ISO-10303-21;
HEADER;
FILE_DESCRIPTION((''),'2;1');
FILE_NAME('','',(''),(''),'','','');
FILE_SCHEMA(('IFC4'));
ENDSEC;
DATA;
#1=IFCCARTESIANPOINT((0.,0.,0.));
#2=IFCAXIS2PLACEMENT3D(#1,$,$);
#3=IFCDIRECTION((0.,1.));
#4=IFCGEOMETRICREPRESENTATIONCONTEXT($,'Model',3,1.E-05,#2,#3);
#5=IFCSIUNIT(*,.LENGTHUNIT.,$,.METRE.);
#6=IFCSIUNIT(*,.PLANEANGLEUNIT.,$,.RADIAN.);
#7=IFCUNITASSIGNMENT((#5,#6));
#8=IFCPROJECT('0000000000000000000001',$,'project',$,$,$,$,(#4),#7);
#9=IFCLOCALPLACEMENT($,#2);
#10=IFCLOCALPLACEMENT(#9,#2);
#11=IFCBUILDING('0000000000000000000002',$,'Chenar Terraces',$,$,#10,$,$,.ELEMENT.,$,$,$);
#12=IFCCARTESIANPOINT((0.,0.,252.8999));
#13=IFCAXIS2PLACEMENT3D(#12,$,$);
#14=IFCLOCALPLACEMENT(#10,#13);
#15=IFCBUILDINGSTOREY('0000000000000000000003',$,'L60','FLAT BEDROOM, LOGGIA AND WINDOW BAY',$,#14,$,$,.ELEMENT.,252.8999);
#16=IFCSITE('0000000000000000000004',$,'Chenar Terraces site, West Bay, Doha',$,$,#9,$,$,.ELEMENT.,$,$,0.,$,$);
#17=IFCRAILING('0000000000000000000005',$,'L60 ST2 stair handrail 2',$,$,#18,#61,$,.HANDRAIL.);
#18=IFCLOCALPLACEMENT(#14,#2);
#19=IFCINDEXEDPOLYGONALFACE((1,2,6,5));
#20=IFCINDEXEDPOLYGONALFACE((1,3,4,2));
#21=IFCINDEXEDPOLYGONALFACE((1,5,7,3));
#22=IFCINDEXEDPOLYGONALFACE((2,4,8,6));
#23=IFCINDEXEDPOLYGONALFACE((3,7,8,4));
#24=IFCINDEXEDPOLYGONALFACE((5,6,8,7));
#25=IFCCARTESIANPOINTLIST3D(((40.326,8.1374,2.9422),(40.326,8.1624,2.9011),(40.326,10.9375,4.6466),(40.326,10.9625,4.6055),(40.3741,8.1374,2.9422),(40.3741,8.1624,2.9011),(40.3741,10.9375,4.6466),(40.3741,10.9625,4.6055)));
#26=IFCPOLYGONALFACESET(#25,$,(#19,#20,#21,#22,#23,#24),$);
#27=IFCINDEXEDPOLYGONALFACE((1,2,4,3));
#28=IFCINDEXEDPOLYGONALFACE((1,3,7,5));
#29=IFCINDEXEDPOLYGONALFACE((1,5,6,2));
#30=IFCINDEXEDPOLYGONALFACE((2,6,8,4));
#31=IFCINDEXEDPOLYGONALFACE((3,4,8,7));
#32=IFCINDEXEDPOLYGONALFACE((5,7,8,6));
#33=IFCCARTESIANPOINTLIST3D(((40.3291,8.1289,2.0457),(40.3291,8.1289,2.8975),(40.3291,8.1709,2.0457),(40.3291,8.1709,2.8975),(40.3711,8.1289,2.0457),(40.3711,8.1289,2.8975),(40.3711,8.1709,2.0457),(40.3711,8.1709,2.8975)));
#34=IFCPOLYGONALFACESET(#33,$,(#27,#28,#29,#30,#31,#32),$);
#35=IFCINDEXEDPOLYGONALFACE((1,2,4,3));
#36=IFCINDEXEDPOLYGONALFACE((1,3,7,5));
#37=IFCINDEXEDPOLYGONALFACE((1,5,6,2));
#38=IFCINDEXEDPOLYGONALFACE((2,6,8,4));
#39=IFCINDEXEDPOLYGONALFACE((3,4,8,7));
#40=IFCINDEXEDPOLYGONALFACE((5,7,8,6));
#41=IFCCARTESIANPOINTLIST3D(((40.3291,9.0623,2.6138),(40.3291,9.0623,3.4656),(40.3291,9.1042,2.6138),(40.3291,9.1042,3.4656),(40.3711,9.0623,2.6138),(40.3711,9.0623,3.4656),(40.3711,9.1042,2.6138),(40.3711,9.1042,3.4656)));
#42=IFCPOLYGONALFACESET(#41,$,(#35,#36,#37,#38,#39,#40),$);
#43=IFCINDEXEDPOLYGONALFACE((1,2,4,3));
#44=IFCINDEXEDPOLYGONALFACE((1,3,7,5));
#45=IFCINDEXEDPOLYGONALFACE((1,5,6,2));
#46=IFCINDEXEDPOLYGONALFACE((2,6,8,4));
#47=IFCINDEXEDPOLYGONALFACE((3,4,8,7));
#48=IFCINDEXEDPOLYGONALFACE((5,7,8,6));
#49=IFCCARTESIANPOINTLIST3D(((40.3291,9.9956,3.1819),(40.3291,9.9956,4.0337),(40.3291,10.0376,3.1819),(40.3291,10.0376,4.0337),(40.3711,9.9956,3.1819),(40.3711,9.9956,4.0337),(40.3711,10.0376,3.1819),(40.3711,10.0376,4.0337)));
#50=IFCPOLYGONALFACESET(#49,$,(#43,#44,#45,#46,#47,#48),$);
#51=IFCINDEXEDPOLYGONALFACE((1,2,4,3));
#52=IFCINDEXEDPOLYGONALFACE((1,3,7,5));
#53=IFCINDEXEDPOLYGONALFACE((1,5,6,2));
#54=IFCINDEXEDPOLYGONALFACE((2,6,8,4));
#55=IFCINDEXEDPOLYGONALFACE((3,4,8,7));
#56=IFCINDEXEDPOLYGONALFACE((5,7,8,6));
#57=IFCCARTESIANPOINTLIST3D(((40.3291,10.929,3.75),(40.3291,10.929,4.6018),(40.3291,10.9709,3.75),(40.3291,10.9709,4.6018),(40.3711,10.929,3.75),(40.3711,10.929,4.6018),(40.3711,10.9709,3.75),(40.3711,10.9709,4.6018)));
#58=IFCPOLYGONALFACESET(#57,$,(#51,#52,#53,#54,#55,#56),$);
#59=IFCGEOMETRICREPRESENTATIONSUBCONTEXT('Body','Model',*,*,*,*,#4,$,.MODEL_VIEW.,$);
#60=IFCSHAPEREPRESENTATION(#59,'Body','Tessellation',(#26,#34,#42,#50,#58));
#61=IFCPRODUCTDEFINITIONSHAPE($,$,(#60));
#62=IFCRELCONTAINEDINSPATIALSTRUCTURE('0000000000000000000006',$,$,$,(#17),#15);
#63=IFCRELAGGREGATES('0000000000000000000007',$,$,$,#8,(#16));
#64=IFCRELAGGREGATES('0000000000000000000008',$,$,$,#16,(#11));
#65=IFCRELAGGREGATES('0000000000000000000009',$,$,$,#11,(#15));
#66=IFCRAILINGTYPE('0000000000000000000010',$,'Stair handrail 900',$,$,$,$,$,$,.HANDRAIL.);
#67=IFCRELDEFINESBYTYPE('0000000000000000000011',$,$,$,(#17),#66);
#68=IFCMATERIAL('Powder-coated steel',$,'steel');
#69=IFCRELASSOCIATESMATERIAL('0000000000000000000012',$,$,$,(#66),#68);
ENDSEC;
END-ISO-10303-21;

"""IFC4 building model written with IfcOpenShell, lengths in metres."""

from ifc_helpers import new_model, si_unit, direction, frame, origin, origin_2d, place, context, subcontext, project, spatial, rectangle, extrude, material, type_object, element, save


model = new_model("IFC4")

# Units and contexts
model_context = context("Model", 3, precision=1e-05, world=origin(), true_north=direction((0.0, 1.0)))
body_context = subcontext(model_context, "Body", "Model", "MODEL_VIEW")
ifc_project = project(units=[si_unit("LENGTHUNIT", "METRE"), si_unit("PLANEANGLEUNIT", "RADIAN")], contexts=[model_context])

# Site, building, storey
site_placement = place(None, origin())
site = spatial("IfcSite", under=ifc_project, at=site_placement, Name="Chenar Terraces site, West Bay, Doha", CompositionType="ELEMENT", RefElevation=0.0)
building_placement = place(site_placement, origin())
building = spatial("IfcBuilding", under=site, at=building_placement, Name="Chenar Terraces", CompositionType="ELEMENT")
storey_placement = place(building_placement, frame((0.0, 0.0, 252.8999)))
storey = spatial("IfcBuildingStorey", under=building, at=storey_placement, Name="L60", Description="FLAT BEDROOM, LOGGIA AND WINDOW BAY", CompositionType="ELEMENT", Elevation=252.8999)

# Railing
ifc_material_1 = material(Name="Powder-coated steel", Category="steel")
railing_type_1 = type_object("IfcRailingType", Name="Stair handrail 900", PredefinedType="HANDRAIL", material=ifc_material_1)
railing_1_placement = place(storey_placement, frame((40.3501, 8.1499, 2.0457)))
element("IfcRailing", 1, at=railing_1_placement, inside=storey, type_object=railing_type_1, Name="L60 ST2 stair handrail 2", PredefinedType="HANDRAIL", context=body_context, shape_type="SweptSolid", body=[
    extrude(rectangle(XDim=0.0481, YDim=0.0481, at=origin_2d()), frame((0.0, 0.0, 0.876), z_axis=(0.0, 0.854203, 0.51994), x_axis=(-1.0, 0.0, 0.0)), (0.0, 0.0, 1.0), 3.2781),
    extrude(rectangle(XDim=0.042, YDim=0.042, at=origin_2d()), origin(), (0.0, 0.0, 1.0), 0.8518),
    extrude(rectangle(XDim=0.042, YDim=0.042, at=origin_2d()), frame((0.0, 0.9333, 0.5681)), (0.0, 0.0, 1.0), 0.8518),
    extrude(rectangle(XDim=0.042, YDim=0.042, at=origin_2d()), frame((0.0, 1.8667, 1.1362)), (0.0, 0.0, 1.0), 0.8518),
    extrude(rectangle(XDim=0.042, YDim=0.042, at=origin_2d()), frame((0.0, 2.8, 1.7043)), (0.0, 0.0, 1.0), 0.8518),
])

save(model, "model.ifc")
